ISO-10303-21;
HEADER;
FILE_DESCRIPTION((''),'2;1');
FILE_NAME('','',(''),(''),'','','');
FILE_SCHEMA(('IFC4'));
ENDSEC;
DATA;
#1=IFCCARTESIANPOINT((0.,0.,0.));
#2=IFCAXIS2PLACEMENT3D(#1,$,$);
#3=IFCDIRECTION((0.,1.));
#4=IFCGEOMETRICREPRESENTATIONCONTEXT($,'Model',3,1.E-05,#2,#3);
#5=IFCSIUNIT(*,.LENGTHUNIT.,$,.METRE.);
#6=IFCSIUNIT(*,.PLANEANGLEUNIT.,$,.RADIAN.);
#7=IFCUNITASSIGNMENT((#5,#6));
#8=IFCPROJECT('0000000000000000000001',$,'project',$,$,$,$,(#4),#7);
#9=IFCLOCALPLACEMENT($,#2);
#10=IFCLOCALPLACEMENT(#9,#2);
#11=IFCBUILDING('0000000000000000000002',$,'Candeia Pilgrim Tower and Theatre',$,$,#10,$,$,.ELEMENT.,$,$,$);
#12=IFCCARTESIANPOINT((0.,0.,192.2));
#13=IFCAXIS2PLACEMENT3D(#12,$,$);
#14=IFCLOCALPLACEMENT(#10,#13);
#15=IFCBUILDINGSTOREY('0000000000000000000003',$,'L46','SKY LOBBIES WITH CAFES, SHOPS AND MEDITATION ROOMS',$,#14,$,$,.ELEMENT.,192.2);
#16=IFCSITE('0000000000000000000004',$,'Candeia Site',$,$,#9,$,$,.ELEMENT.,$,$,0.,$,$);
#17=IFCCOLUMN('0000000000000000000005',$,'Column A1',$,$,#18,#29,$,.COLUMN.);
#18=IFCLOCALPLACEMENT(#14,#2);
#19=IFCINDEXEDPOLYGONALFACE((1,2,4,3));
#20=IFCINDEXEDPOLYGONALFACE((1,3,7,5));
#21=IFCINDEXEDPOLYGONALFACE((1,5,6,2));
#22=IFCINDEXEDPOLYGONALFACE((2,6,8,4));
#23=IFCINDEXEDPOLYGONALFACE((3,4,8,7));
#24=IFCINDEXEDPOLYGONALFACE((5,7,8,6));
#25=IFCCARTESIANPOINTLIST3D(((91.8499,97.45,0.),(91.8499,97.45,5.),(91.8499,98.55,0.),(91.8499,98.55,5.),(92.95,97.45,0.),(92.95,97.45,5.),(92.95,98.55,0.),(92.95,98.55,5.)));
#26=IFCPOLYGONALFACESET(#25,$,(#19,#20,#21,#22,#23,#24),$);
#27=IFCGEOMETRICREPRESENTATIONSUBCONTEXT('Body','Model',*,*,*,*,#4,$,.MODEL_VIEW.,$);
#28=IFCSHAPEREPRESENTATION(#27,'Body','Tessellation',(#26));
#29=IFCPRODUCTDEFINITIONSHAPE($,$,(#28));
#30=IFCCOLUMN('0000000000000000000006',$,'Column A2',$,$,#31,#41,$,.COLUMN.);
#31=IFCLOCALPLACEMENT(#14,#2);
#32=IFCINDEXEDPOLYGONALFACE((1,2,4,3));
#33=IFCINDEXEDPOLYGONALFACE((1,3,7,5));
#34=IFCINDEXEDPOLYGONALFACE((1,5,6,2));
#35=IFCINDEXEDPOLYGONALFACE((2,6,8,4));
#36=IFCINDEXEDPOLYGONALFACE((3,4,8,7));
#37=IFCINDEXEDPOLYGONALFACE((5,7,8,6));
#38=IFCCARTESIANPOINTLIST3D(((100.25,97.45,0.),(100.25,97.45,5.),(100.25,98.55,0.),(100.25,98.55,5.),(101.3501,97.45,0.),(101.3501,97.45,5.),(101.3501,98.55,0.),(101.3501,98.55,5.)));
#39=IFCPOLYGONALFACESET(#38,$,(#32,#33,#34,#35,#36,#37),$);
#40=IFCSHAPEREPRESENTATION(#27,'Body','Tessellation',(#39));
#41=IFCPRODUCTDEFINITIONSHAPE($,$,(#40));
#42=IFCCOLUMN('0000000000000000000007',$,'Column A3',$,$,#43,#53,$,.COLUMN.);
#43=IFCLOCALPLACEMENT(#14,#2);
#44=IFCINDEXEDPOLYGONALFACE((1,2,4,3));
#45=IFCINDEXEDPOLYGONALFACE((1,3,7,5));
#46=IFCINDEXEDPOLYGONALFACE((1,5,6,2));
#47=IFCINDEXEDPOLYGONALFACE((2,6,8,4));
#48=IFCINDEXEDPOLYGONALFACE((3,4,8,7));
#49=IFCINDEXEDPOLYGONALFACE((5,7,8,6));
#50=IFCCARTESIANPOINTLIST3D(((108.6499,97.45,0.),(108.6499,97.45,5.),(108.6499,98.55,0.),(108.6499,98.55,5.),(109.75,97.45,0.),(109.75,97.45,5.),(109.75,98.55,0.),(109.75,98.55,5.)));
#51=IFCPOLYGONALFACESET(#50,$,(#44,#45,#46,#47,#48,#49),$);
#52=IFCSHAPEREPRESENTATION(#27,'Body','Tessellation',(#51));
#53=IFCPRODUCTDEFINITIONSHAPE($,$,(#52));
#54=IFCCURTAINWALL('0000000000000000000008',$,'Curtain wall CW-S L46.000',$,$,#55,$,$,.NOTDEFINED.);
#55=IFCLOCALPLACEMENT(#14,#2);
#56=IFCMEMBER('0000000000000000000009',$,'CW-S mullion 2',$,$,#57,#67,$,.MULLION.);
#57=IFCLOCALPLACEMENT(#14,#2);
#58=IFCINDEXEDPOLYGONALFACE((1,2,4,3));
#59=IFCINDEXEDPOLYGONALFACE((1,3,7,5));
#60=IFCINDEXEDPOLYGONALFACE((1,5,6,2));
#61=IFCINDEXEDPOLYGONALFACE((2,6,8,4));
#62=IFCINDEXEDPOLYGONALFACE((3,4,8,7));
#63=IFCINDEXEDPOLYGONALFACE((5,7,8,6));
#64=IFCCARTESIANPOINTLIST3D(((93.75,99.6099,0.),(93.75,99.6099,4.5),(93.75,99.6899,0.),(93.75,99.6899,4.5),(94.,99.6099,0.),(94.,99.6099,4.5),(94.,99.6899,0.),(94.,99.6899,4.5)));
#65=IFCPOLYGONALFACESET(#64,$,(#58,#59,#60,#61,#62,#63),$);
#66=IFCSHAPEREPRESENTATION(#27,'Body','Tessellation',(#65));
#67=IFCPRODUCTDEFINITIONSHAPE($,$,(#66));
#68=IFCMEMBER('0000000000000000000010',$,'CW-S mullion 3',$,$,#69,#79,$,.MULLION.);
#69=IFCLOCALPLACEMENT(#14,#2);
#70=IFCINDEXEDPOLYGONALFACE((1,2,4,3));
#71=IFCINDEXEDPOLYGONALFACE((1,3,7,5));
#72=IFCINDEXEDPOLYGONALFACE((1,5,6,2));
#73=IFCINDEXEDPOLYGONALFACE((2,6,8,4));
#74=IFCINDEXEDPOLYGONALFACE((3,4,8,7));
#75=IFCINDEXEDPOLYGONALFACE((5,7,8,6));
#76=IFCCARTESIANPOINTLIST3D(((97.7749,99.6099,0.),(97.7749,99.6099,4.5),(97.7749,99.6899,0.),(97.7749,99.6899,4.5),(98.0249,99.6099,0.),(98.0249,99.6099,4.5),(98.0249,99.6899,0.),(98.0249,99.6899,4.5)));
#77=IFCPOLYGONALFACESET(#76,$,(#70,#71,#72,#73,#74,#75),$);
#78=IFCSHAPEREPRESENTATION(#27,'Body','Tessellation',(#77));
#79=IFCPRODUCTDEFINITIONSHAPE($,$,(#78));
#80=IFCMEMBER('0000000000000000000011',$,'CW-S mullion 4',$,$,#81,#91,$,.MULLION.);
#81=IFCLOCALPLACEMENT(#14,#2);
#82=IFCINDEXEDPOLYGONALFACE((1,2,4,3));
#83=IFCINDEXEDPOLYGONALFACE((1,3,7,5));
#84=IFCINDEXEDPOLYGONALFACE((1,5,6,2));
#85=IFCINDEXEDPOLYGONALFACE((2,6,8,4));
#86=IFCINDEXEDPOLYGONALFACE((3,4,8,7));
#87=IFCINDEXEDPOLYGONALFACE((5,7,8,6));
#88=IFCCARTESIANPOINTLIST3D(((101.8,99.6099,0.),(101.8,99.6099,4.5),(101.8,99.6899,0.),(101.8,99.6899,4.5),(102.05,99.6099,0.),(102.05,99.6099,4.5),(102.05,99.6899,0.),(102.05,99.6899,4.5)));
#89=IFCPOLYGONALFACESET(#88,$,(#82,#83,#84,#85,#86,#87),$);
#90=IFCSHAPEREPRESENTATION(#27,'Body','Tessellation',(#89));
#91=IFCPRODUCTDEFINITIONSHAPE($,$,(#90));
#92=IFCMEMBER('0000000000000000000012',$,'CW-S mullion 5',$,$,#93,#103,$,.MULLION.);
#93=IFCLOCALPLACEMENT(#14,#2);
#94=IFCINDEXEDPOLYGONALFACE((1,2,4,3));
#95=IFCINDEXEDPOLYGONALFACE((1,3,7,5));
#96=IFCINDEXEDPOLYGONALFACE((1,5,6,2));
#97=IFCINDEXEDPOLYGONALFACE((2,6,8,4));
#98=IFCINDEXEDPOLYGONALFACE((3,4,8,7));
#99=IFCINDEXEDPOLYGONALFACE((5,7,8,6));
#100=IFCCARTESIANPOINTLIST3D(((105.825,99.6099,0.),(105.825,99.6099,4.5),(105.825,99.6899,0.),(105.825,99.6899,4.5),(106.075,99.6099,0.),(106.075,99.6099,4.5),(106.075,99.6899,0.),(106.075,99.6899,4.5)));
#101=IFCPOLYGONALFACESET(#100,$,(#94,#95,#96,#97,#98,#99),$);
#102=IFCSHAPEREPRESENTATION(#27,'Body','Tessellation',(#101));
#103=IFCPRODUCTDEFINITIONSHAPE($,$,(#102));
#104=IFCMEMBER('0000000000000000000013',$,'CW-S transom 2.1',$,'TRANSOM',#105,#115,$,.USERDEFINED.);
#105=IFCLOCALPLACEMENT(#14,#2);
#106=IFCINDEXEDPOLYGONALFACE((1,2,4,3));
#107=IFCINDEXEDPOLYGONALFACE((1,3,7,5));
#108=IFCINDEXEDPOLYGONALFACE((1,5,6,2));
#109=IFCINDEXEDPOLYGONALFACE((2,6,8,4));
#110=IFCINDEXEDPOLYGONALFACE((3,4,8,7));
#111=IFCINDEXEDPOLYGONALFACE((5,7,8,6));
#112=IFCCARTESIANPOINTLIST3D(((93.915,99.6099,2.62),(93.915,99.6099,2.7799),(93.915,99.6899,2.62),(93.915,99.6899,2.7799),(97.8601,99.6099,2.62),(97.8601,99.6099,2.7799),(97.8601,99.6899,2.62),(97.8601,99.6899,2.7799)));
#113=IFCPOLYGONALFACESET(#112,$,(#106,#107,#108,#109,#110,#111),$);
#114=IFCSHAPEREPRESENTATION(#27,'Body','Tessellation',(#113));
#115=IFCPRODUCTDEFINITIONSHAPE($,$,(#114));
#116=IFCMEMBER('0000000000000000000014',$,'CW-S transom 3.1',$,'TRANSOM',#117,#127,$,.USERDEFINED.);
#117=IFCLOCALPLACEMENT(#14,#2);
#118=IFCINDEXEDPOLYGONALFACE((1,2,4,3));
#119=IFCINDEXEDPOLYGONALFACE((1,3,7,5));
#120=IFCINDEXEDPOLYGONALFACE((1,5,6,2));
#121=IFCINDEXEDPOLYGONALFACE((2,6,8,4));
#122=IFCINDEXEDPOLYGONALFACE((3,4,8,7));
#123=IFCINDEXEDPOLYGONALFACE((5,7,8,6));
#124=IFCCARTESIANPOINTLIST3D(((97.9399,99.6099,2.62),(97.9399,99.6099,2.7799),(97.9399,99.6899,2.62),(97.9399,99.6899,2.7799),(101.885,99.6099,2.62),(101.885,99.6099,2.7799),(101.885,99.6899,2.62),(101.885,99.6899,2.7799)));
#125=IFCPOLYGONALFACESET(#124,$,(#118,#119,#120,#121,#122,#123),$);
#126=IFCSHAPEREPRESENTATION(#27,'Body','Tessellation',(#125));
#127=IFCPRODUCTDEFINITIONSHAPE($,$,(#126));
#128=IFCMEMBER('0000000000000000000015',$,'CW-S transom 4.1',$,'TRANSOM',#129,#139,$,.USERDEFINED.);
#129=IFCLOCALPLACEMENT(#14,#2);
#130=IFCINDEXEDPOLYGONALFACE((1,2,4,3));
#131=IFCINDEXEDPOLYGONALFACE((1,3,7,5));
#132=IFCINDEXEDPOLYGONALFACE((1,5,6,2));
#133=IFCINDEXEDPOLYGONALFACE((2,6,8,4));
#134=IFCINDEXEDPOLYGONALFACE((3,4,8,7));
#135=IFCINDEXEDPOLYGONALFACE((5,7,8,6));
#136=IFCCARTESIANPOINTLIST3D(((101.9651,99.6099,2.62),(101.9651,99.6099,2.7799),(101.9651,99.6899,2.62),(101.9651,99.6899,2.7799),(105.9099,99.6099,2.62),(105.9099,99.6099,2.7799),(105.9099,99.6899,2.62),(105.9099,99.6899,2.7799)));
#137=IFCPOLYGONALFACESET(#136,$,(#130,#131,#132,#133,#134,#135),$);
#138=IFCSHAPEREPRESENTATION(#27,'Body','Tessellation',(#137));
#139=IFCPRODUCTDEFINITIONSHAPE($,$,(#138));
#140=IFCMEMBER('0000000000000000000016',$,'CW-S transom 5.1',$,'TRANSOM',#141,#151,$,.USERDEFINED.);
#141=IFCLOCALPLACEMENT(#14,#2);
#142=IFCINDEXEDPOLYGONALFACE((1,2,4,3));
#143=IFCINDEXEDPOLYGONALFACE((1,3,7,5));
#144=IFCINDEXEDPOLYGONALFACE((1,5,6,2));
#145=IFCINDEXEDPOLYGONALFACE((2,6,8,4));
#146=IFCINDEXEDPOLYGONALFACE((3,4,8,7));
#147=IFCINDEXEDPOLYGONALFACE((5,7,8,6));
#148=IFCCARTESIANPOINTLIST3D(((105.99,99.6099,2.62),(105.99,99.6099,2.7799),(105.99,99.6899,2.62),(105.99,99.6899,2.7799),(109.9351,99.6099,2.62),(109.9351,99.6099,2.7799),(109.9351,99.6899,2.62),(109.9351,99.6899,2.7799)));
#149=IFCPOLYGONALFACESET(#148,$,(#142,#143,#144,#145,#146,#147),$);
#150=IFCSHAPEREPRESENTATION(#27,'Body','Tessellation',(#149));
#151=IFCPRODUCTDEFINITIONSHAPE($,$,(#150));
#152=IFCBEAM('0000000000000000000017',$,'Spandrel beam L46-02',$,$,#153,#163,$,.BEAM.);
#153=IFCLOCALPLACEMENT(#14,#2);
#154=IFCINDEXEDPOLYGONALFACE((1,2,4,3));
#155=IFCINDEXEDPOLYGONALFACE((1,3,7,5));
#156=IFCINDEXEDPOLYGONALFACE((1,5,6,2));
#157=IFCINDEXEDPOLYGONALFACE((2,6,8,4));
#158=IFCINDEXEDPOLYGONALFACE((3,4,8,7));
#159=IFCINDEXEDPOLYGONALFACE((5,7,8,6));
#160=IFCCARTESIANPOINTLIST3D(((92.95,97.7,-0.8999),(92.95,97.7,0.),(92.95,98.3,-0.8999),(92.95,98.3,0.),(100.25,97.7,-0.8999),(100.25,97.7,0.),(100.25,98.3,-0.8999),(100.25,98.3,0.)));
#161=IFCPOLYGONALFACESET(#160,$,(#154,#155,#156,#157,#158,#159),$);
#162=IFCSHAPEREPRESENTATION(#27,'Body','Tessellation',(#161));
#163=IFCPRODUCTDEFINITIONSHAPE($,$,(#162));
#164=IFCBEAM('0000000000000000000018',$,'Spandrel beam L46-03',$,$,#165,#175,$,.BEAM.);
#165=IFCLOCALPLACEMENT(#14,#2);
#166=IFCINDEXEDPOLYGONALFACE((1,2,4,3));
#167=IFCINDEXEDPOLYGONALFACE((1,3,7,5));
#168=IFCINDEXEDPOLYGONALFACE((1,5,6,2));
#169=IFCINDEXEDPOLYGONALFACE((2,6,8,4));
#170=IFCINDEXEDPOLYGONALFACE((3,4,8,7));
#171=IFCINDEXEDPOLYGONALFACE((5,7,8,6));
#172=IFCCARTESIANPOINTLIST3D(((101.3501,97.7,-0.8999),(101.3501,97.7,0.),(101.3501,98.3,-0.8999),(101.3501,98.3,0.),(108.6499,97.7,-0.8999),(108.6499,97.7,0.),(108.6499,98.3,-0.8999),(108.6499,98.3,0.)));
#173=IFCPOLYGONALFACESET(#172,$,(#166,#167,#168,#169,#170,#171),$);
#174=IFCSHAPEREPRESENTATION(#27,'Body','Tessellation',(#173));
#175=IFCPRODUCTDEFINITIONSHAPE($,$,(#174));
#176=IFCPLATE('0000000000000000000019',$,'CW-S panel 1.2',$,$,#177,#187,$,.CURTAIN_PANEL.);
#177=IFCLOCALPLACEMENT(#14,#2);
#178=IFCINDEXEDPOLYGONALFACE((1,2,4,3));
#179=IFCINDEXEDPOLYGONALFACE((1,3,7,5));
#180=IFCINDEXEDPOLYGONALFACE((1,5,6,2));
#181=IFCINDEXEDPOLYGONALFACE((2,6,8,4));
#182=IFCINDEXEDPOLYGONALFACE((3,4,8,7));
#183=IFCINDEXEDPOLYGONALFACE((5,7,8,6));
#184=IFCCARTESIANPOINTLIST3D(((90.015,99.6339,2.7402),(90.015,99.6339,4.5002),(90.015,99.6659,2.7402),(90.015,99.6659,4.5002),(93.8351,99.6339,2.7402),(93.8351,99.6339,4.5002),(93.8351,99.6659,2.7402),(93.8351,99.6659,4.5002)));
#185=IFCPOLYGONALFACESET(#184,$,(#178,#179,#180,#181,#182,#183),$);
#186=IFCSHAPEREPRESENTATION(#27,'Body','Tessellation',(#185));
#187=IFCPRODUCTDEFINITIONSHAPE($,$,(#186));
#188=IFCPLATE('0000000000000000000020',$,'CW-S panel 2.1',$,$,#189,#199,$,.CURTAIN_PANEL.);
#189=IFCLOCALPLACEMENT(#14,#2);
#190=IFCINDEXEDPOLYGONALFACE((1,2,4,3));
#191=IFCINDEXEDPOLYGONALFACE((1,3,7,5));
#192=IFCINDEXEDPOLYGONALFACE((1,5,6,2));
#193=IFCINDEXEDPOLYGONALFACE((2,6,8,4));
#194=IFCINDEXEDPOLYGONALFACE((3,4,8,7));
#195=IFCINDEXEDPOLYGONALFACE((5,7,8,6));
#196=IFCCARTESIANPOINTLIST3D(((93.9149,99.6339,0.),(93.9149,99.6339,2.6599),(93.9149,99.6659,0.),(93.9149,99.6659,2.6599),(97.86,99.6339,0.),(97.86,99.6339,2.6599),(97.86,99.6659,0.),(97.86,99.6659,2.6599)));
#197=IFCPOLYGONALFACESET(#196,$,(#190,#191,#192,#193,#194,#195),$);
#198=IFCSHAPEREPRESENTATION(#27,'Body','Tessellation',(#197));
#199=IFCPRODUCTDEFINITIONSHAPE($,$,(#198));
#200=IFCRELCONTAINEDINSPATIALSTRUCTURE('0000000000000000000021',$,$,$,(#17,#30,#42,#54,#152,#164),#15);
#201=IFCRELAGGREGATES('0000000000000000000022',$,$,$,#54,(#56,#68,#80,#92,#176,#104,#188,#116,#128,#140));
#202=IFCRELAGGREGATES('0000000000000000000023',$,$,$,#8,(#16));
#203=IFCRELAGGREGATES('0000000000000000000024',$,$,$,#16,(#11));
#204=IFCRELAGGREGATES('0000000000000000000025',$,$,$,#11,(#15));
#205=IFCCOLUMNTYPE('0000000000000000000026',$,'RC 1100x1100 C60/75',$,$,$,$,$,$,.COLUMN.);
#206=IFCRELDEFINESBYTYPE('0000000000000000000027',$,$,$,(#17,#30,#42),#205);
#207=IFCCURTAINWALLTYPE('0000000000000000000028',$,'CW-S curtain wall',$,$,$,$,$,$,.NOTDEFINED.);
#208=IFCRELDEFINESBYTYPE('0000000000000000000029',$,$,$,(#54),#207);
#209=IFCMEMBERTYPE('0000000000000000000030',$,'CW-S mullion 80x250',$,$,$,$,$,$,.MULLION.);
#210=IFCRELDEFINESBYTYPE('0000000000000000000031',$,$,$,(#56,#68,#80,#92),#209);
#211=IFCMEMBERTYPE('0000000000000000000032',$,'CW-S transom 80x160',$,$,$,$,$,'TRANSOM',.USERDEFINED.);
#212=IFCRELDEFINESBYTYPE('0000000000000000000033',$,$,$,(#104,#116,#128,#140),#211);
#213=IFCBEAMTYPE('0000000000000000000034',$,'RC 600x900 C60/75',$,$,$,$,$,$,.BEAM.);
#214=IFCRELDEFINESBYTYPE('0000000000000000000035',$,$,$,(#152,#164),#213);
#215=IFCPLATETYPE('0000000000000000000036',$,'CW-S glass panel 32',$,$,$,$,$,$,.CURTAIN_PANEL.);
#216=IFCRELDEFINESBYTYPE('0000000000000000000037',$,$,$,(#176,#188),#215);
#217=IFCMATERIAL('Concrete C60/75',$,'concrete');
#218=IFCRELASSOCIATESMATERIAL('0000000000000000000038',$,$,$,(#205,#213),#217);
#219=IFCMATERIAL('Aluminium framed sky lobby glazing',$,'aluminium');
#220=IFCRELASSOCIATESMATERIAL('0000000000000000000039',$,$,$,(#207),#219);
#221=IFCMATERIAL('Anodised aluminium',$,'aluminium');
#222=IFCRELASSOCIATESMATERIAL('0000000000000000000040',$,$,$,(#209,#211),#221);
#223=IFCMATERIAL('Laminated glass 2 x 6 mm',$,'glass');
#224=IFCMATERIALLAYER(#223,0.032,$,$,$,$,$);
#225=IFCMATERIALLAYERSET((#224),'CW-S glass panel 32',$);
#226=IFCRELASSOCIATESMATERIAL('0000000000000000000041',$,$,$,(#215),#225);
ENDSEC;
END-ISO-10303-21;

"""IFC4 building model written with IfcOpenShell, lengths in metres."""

from ifc_helpers import new_model, si_unit, direction, frame, origin, origin_2d, place, context, subcontext, project, spatial, rectangle, extrude, material, layer, layer_set, material_profile, profile_set, type_object, element, aggregate, save


model = new_model("IFC4")

# Units and contexts
model_context = context("Model", 3, precision=1e-05, world=origin(), true_north=direction((0.0, 1.0)))
body_context = subcontext(model_context, "Body", "Model", "MODEL_VIEW")
ifc_project = project(units=[si_unit("LENGTHUNIT", "METRE"), si_unit("PLANEANGLEUNIT", "RADIAN")], contexts=[model_context])

# Site, building, storey
site_placement = place(None, origin())
site = spatial("IfcSite", under=ifc_project, at=site_placement, Name="Candeia Site", CompositionType="ELEMENT", RefElevation=0.0)
building_placement = place(site_placement, origin())
building = spatial("IfcBuilding", under=site, at=building_placement, Name="Candeia Pilgrim Tower and Theatre", CompositionType="ELEMENT")
storey_placement = place(building_placement, frame((0.0, 0.0, 192.2)))
storey = spatial("IfcBuildingStorey", under=building, at=storey_placement, Name="L46", Description="SKY LOBBIES WITH CAFES, SHOPS AND MEDITATION ROOMS", CompositionType="ELEMENT", Elevation=192.2)

# Columns
ifc_material_1 = material(Name="Concrete C60/75", Category="concrete")
ifc_material_profile_1 = material_profile(ifc_material_1, rectangle(XDim=1.1001, YDim=1.1001, at=origin_2d()))
ifc_profile_set_1 = profile_set([ifc_material_profile_1], Name="Concrete C60/75")
column_type = type_object("IfcColumnType", Name="RC 1100x1100 C60/75", PredefinedType="COLUMN", material=ifc_profile_set_1)
for number, where, z_axis, x_axis, name in (
    (1, (92.3999, 98.0, 0.0), (0.0, 0.0, 1.0), (1.0, 0.0, 0.0), "Column A1"),
    (2, (100.8, 98.0, 0.0), (0.0, 0.0, 1.0), (1.0, 0.0, 0.0), "Column A2"),
    (3, (109.2, 98.0, 0.0), (0.0, 0.0, 1.0), (1.0, 0.0, 0.0), "Column A3"),
):
    element("IfcColumn", number, at=place(storey_placement, frame(where, z_axis=z_axis, x_axis=x_axis)), inside=storey, type_object=column_type, Name=name, PredefinedType="COLUMN", context=body_context, shape_type="SweptSolid", body=[
        extrude(rectangle(XDim=1.1001, YDim=1.1001, at=origin_2d()), origin(), (0.0, 0.0, 1.0), 5.0),
    ])

# Curtain wall, members
ifc_material_2 = material(Name="Aluminium framed sky lobby glazing", Category="aluminium")
curtain_wall_type = type_object("IfcCurtainWallType", Name="CW-S curtain wall", PredefinedType="NOTDEFINED", material=ifc_material_2)
curtain_wall_placement = place(storey_placement, origin())
curtain_wall = element("IfcCurtainWall", 4, at=curtain_wall_placement, inside=storey, type_object=curtain_wall_type, Name="Curtain wall CW-S L46.000", PredefinedType="NOTDEFINED")
ifc_material_3 = material(Name="Anodised aluminium", Category="aluminium")
ifc_material_profile_2 = material_profile(ifc_material_3, rectangle(XDim=0.0801, YDim=0.25, at=origin_2d()))
ifc_profile_set_2 = profile_set([ifc_material_profile_2], Name="Anodised aluminium")
member_type_1 = type_object("IfcMemberType", Name="CW-S mullion 80x250", PredefinedType="MULLION", material=ifc_profile_set_2)
member_1_placement = place(storey_placement, frame((93.875, 99.6499, 0.0), z_axis=(0.0, 0.0, 1.0), x_axis=(0.0, 1.0, 0.0)))
member_1 = element("IfcMember", 5, at=member_1_placement, type_object=member_type_1, Name="CW-S mullion 2", PredefinedType="MULLION", context=body_context, shape_type="SweptSolid", body=[
    extrude(rectangle(XDim=0.0801, YDim=0.25, at=origin_2d()), origin(), (0.0, 0.0, 1.0), 4.5),
])
member_2_placement = place(storey_placement, frame((97.8999, 99.6499, 0.0), z_axis=(0.0, 0.0, 1.0), x_axis=(0.0, 1.0, 0.0)))
member_2 = element("IfcMember", 6, at=member_2_placement, type_object=member_type_1, Name="CW-S mullion 3", PredefinedType="MULLION", context=body_context, shape_type="SweptSolid", body=[
    extrude(rectangle(XDim=0.0801, YDim=0.25, at=origin_2d()), origin(), (0.0, 0.0, 1.0), 4.5),
])
member_3_placement = place(storey_placement, frame((101.925, 99.6499, 0.0), z_axis=(0.0, 0.0, 1.0), x_axis=(0.0, 1.0, 0.0)))
member_3 = element("IfcMember", 7, at=member_3_placement, type_object=member_type_1, Name="CW-S mullion 4", PredefinedType="MULLION", context=body_context, shape_type="SweptSolid", body=[
    extrude(rectangle(XDim=0.0801, YDim=0.25, at=origin_2d()), origin(), (0.0, 0.0, 1.0), 4.5),
])
member_4_placement = place(storey_placement, frame((105.95, 99.6499, 0.0), z_axis=(0.0, 0.0, 1.0), x_axis=(0.0, 1.0, 0.0)))
member_4 = element("IfcMember", 8, at=member_4_placement, type_object=member_type_1, Name="CW-S mullion 5", PredefinedType="MULLION", context=body_context, shape_type="SweptSolid", body=[
    extrude(rectangle(XDim=0.0801, YDim=0.25, at=origin_2d()), origin(), (0.0, 0.0, 1.0), 4.5),
])
ifc_material_profile_3 = material_profile(ifc_material_3, rectangle(XDim=0.0801, YDim=0.1599, at=origin_2d()))
ifc_profile_set_3 = profile_set([ifc_material_profile_3], Name="Anodised aluminium")
member_type_2 = type_object("IfcMemberType", Name="CW-S transom 80x160", ElementType="TRANSOM", PredefinedType="USERDEFINED", material=ifc_profile_set_3)
member_5_placement = place(storey_placement, frame((93.915, 99.6499, 2.7), z_axis=(1.0, 0.0, 0.0), x_axis=(0.0, 1.0, 0.0)))
member_5 = element("IfcMember", 9, at=member_5_placement, type_object=member_type_2, Name="CW-S transom 2.1", ObjectType="TRANSOM", PredefinedType="USERDEFINED", context=body_context, shape_type="SweptSolid", body=[
    extrude(rectangle(XDim=0.0801, YDim=0.1599, at=origin_2d()), origin(), (0.0, 0.0, 1.0), 3.9451),
])
member_6_placement = place(storey_placement, frame((97.9399, 99.6499, 2.7), z_axis=(1.0, 0.0, 0.0), x_axis=(0.0, 1.0, 0.0)))
member_6 = element("IfcMember", 10, at=member_6_placement, type_object=member_type_2, Name="CW-S transom 3.1", ObjectType="TRANSOM", PredefinedType="USERDEFINED", context=body_context, shape_type="SweptSolid", body=[
    extrude(rectangle(XDim=0.0801, YDim=0.1599, at=origin_2d()), origin(), (0.0, 0.0, 1.0), 3.9451),
])
member_7_placement = place(storey_placement, frame((101.9651, 99.6499, 2.7), z_axis=(1.0, 0.0, 0.0), x_axis=(0.0, 1.0, 0.0)))
member_7 = element("IfcMember", 11, at=member_7_placement, type_object=member_type_2, Name="CW-S transom 4.1", ObjectType="TRANSOM", PredefinedType="USERDEFINED", context=body_context, shape_type="SweptSolid", body=[
    extrude(rectangle(XDim=0.0801, YDim=0.1599, at=origin_2d()), origin(), (0.0, 0.0, 1.0), 3.9448),
])
member_8_placement = place(storey_placement, frame((105.99, 99.6499, 2.7), z_axis=(1.0, 0.0, 0.0), x_axis=(0.0, 1.0, 0.0)))
member_8 = element("IfcMember", 12, at=member_8_placement, type_object=member_type_2, Name="CW-S transom 5.1", ObjectType="TRANSOM", PredefinedType="USERDEFINED", context=body_context, shape_type="SweptSolid", body=[
    extrude(rectangle(XDim=0.0801, YDim=0.1599, at=origin_2d()), origin(), (0.0, 0.0, 1.0), 3.9451),
])

# Beams
ifc_material_profile_4 = material_profile(ifc_material_1, rectangle(XDim=0.6001, YDim=0.8999, at=origin_2d()))
ifc_profile_set_4 = profile_set([ifc_material_profile_4], Name="Concrete C60/75")
beam_type = type_object("IfcBeamType", Name="RC 600x900 C60/75", PredefinedType="BEAM", material=ifc_profile_set_4)
beam_1_placement = place(storey_placement, frame((92.95, 98.0, -0.45), z_axis=(1.0, 0.0, 0.0), x_axis=(0.0, 1.0, 0.0)))
element("IfcBeam", 13, at=beam_1_placement, inside=storey, type_object=beam_type, Name="Spandrel beam L46-02", PredefinedType="BEAM", context=body_context, shape_type="SweptSolid", body=[
    extrude(rectangle(XDim=0.6001, YDim=0.8999, at=origin_2d()), origin(), (0.0, 0.0, 1.0), 7.3),
])
beam_2_placement = place(storey_placement, frame((101.3501, 98.0, -0.45), z_axis=(1.0, 0.0, 0.0), x_axis=(0.0, 1.0, 0.0)))
element("IfcBeam", 14, at=beam_2_placement, inside=storey, type_object=beam_type, Name="Spandrel beam L46-03", PredefinedType="BEAM", context=body_context, shape_type="SweptSolid", body=[
    extrude(rectangle(XDim=0.6001, YDim=0.8999, at=origin_2d()), origin(), (0.0, 0.0, 1.0), 7.2998),
])

# Plates
ifc_material_4 = material(Name="Laminated glass 2 x 6 mm", Category="glass")
ifc_layer_1 = layer(ifc_material_4, 0.032)
ifc_layer_set_1 = layer_set([ifc_layer_1], Name="CW-S glass panel 32")
plate_type = type_object("IfcPlateType", Name="CW-S glass panel 32", PredefinedType="CURTAIN_PANEL", material=ifc_layer_set_1)
plate_1_placement = place(storey_placement, frame((91.925, 99.6499, 2.7402), z_axis=(0.0, 0.0, 1.0), x_axis=(1.0, 0.0, 0.0)))
plate_1 = element("IfcPlate", 15, at=plate_1_placement, type_object=plate_type, Name="CW-S panel 1.2", PredefinedType="CURTAIN_PANEL", context=body_context, shape_type="SweptSolid", body=[
    extrude(rectangle(XDim=3.8201, YDim=0.032, at=origin_2d()), origin(), (0.0, 0.0, 1.0), 1.76),
])
plate_2_placement = place(storey_placement, frame((95.8875, 99.6499, 0.0), z_axis=(0.0, 0.0, 1.0), x_axis=(1.0, 0.0, 0.0)))
plate_2 = element("IfcPlate", 16, at=plate_2_placement, type_object=plate_type, Name="CW-S panel 2.1", PredefinedType="CURTAIN_PANEL", context=body_context, shape_type="SweptSolid", body=[
    extrude(rectangle(XDim=3.9451, YDim=0.032, at=origin_2d()), origin(), (0.0, 0.0, 1.0), 2.6599),
])
aggregate(curtain_wall, [member_1, member_2, member_3, member_4, plate_1, member_5, plate_2, member_6, member_7, member_8])

save(model, "model.ifc")
